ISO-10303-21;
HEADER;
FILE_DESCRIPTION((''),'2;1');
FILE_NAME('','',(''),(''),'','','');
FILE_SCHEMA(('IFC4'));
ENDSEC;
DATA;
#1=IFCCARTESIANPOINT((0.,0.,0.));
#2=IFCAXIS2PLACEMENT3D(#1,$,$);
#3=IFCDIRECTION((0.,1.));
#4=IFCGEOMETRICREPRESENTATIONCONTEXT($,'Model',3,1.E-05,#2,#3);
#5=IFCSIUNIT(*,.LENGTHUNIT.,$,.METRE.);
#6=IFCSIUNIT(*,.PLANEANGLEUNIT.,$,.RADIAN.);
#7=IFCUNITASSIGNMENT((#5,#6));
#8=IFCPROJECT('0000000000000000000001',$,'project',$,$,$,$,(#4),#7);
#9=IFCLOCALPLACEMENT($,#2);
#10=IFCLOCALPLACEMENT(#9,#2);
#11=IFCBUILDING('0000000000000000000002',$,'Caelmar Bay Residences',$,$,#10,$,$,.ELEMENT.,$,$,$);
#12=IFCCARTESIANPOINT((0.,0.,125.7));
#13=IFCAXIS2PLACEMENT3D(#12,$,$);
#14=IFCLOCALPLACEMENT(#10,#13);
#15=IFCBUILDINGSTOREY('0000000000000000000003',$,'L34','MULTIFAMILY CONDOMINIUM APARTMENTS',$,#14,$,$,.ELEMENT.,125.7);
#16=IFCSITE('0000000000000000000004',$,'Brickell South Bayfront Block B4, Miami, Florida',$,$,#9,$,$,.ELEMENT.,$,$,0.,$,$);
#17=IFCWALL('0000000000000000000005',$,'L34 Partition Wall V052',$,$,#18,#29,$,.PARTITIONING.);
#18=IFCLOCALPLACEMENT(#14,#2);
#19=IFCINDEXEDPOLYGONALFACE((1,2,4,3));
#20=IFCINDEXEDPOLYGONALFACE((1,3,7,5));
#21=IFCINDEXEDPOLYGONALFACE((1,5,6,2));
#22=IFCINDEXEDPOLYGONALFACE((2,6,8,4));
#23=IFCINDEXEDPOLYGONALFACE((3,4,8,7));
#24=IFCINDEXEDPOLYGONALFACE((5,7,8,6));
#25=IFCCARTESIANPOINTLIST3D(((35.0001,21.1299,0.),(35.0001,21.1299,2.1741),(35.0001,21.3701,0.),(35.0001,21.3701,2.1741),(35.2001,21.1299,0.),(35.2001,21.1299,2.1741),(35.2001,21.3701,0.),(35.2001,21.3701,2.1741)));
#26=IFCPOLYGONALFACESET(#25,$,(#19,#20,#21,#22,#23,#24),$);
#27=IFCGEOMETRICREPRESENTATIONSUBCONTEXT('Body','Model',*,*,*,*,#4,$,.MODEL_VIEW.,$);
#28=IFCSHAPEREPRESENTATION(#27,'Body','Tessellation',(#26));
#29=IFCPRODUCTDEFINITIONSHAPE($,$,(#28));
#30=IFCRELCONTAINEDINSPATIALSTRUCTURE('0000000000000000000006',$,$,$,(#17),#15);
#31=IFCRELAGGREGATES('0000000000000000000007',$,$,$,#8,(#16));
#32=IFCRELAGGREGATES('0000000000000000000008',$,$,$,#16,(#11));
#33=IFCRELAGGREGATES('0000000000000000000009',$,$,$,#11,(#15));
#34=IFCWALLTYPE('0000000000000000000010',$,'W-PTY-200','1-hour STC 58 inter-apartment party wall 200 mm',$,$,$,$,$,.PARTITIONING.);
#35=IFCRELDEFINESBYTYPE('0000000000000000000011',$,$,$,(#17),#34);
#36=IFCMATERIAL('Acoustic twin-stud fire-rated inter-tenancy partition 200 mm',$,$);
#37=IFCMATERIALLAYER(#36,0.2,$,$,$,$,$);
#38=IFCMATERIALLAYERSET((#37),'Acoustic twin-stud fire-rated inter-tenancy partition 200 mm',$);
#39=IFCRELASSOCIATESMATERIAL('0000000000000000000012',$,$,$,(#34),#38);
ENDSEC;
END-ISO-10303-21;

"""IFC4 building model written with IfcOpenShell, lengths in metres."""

from ifc_helpers import new_model, si_unit, direction, frame, frame_2d, origin, place, context, subcontext, project, spatial, rectangle, extrude, material, layer, layer_set, type_object, element, save


model = new_model("IFC4")

# Units and contexts
model_context = context("Model", 3, precision=1e-05, world=origin(), true_north=direction((0.0, 1.0)))
body_context = subcontext(model_context, "Body", "Model", "MODEL_VIEW")
ifc_project = project(units=[si_unit("LENGTHUNIT", "METRE"), si_unit("PLANEANGLEUNIT", "RADIAN")], contexts=[model_context])

# Site, building, storey
site_placement = place(None, origin())
site = spatial("IfcSite", under=ifc_project, at=site_placement, Name="Brickell South Bayfront Block B4, Miami, Florida", CompositionType="ELEMENT", RefElevation=0.0)
building_placement = place(site_placement, origin())
building = spatial("IfcBuilding", under=site, at=building_placement, Name="Caelmar Bay Residences", CompositionType="ELEMENT")
storey_placement = place(building_placement, frame((0.0, 0.0, 125.7)))
storey = spatial("IfcBuildingStorey", under=building, at=storey_placement, Name="L34", Description="MULTIFAMILY CONDOMINIUM APARTMENTS", CompositionType="ELEMENT", Elevation=125.7)

# Wall
ifc_material_1 = material(Name="Acoustic twin-stud fire-rated inter-tenancy partition 200 mm")
ifc_layer_1 = layer(ifc_material_1, 0.2)
ifc_layer_set_1 = layer_set([ifc_layer_1], Name="Acoustic twin-stud fire-rated inter-tenancy partition 200 mm")
wall_type_1 = type_object("IfcWallType", Name="W-PTY-200", Description="1-hour STC 58 inter-apartment party wall 200 mm", PredefinedType="PARTITIONING", material=ifc_layer_set_1)
wall_1_placement = place(storey_placement, frame((35.1001, 21.1299, 0.0), z_axis=(0.0, 0.0, 1.0), x_axis=(0.0, 1.0, 0.0)))
element("IfcWall", 1, at=wall_1_placement, inside=storey, type_object=wall_type_1, Name="L34 Partition Wall V052", PredefinedType="PARTITIONING", context=body_context, shape_type="SweptSolid", body=[
    extrude(rectangle(XDim=0.2402, YDim=0.2, at=frame_2d((0.1201, 0.0))), origin(), (0.0, 0.0, 1.0), 2.1741),
])

save(model, "model.ifc")
